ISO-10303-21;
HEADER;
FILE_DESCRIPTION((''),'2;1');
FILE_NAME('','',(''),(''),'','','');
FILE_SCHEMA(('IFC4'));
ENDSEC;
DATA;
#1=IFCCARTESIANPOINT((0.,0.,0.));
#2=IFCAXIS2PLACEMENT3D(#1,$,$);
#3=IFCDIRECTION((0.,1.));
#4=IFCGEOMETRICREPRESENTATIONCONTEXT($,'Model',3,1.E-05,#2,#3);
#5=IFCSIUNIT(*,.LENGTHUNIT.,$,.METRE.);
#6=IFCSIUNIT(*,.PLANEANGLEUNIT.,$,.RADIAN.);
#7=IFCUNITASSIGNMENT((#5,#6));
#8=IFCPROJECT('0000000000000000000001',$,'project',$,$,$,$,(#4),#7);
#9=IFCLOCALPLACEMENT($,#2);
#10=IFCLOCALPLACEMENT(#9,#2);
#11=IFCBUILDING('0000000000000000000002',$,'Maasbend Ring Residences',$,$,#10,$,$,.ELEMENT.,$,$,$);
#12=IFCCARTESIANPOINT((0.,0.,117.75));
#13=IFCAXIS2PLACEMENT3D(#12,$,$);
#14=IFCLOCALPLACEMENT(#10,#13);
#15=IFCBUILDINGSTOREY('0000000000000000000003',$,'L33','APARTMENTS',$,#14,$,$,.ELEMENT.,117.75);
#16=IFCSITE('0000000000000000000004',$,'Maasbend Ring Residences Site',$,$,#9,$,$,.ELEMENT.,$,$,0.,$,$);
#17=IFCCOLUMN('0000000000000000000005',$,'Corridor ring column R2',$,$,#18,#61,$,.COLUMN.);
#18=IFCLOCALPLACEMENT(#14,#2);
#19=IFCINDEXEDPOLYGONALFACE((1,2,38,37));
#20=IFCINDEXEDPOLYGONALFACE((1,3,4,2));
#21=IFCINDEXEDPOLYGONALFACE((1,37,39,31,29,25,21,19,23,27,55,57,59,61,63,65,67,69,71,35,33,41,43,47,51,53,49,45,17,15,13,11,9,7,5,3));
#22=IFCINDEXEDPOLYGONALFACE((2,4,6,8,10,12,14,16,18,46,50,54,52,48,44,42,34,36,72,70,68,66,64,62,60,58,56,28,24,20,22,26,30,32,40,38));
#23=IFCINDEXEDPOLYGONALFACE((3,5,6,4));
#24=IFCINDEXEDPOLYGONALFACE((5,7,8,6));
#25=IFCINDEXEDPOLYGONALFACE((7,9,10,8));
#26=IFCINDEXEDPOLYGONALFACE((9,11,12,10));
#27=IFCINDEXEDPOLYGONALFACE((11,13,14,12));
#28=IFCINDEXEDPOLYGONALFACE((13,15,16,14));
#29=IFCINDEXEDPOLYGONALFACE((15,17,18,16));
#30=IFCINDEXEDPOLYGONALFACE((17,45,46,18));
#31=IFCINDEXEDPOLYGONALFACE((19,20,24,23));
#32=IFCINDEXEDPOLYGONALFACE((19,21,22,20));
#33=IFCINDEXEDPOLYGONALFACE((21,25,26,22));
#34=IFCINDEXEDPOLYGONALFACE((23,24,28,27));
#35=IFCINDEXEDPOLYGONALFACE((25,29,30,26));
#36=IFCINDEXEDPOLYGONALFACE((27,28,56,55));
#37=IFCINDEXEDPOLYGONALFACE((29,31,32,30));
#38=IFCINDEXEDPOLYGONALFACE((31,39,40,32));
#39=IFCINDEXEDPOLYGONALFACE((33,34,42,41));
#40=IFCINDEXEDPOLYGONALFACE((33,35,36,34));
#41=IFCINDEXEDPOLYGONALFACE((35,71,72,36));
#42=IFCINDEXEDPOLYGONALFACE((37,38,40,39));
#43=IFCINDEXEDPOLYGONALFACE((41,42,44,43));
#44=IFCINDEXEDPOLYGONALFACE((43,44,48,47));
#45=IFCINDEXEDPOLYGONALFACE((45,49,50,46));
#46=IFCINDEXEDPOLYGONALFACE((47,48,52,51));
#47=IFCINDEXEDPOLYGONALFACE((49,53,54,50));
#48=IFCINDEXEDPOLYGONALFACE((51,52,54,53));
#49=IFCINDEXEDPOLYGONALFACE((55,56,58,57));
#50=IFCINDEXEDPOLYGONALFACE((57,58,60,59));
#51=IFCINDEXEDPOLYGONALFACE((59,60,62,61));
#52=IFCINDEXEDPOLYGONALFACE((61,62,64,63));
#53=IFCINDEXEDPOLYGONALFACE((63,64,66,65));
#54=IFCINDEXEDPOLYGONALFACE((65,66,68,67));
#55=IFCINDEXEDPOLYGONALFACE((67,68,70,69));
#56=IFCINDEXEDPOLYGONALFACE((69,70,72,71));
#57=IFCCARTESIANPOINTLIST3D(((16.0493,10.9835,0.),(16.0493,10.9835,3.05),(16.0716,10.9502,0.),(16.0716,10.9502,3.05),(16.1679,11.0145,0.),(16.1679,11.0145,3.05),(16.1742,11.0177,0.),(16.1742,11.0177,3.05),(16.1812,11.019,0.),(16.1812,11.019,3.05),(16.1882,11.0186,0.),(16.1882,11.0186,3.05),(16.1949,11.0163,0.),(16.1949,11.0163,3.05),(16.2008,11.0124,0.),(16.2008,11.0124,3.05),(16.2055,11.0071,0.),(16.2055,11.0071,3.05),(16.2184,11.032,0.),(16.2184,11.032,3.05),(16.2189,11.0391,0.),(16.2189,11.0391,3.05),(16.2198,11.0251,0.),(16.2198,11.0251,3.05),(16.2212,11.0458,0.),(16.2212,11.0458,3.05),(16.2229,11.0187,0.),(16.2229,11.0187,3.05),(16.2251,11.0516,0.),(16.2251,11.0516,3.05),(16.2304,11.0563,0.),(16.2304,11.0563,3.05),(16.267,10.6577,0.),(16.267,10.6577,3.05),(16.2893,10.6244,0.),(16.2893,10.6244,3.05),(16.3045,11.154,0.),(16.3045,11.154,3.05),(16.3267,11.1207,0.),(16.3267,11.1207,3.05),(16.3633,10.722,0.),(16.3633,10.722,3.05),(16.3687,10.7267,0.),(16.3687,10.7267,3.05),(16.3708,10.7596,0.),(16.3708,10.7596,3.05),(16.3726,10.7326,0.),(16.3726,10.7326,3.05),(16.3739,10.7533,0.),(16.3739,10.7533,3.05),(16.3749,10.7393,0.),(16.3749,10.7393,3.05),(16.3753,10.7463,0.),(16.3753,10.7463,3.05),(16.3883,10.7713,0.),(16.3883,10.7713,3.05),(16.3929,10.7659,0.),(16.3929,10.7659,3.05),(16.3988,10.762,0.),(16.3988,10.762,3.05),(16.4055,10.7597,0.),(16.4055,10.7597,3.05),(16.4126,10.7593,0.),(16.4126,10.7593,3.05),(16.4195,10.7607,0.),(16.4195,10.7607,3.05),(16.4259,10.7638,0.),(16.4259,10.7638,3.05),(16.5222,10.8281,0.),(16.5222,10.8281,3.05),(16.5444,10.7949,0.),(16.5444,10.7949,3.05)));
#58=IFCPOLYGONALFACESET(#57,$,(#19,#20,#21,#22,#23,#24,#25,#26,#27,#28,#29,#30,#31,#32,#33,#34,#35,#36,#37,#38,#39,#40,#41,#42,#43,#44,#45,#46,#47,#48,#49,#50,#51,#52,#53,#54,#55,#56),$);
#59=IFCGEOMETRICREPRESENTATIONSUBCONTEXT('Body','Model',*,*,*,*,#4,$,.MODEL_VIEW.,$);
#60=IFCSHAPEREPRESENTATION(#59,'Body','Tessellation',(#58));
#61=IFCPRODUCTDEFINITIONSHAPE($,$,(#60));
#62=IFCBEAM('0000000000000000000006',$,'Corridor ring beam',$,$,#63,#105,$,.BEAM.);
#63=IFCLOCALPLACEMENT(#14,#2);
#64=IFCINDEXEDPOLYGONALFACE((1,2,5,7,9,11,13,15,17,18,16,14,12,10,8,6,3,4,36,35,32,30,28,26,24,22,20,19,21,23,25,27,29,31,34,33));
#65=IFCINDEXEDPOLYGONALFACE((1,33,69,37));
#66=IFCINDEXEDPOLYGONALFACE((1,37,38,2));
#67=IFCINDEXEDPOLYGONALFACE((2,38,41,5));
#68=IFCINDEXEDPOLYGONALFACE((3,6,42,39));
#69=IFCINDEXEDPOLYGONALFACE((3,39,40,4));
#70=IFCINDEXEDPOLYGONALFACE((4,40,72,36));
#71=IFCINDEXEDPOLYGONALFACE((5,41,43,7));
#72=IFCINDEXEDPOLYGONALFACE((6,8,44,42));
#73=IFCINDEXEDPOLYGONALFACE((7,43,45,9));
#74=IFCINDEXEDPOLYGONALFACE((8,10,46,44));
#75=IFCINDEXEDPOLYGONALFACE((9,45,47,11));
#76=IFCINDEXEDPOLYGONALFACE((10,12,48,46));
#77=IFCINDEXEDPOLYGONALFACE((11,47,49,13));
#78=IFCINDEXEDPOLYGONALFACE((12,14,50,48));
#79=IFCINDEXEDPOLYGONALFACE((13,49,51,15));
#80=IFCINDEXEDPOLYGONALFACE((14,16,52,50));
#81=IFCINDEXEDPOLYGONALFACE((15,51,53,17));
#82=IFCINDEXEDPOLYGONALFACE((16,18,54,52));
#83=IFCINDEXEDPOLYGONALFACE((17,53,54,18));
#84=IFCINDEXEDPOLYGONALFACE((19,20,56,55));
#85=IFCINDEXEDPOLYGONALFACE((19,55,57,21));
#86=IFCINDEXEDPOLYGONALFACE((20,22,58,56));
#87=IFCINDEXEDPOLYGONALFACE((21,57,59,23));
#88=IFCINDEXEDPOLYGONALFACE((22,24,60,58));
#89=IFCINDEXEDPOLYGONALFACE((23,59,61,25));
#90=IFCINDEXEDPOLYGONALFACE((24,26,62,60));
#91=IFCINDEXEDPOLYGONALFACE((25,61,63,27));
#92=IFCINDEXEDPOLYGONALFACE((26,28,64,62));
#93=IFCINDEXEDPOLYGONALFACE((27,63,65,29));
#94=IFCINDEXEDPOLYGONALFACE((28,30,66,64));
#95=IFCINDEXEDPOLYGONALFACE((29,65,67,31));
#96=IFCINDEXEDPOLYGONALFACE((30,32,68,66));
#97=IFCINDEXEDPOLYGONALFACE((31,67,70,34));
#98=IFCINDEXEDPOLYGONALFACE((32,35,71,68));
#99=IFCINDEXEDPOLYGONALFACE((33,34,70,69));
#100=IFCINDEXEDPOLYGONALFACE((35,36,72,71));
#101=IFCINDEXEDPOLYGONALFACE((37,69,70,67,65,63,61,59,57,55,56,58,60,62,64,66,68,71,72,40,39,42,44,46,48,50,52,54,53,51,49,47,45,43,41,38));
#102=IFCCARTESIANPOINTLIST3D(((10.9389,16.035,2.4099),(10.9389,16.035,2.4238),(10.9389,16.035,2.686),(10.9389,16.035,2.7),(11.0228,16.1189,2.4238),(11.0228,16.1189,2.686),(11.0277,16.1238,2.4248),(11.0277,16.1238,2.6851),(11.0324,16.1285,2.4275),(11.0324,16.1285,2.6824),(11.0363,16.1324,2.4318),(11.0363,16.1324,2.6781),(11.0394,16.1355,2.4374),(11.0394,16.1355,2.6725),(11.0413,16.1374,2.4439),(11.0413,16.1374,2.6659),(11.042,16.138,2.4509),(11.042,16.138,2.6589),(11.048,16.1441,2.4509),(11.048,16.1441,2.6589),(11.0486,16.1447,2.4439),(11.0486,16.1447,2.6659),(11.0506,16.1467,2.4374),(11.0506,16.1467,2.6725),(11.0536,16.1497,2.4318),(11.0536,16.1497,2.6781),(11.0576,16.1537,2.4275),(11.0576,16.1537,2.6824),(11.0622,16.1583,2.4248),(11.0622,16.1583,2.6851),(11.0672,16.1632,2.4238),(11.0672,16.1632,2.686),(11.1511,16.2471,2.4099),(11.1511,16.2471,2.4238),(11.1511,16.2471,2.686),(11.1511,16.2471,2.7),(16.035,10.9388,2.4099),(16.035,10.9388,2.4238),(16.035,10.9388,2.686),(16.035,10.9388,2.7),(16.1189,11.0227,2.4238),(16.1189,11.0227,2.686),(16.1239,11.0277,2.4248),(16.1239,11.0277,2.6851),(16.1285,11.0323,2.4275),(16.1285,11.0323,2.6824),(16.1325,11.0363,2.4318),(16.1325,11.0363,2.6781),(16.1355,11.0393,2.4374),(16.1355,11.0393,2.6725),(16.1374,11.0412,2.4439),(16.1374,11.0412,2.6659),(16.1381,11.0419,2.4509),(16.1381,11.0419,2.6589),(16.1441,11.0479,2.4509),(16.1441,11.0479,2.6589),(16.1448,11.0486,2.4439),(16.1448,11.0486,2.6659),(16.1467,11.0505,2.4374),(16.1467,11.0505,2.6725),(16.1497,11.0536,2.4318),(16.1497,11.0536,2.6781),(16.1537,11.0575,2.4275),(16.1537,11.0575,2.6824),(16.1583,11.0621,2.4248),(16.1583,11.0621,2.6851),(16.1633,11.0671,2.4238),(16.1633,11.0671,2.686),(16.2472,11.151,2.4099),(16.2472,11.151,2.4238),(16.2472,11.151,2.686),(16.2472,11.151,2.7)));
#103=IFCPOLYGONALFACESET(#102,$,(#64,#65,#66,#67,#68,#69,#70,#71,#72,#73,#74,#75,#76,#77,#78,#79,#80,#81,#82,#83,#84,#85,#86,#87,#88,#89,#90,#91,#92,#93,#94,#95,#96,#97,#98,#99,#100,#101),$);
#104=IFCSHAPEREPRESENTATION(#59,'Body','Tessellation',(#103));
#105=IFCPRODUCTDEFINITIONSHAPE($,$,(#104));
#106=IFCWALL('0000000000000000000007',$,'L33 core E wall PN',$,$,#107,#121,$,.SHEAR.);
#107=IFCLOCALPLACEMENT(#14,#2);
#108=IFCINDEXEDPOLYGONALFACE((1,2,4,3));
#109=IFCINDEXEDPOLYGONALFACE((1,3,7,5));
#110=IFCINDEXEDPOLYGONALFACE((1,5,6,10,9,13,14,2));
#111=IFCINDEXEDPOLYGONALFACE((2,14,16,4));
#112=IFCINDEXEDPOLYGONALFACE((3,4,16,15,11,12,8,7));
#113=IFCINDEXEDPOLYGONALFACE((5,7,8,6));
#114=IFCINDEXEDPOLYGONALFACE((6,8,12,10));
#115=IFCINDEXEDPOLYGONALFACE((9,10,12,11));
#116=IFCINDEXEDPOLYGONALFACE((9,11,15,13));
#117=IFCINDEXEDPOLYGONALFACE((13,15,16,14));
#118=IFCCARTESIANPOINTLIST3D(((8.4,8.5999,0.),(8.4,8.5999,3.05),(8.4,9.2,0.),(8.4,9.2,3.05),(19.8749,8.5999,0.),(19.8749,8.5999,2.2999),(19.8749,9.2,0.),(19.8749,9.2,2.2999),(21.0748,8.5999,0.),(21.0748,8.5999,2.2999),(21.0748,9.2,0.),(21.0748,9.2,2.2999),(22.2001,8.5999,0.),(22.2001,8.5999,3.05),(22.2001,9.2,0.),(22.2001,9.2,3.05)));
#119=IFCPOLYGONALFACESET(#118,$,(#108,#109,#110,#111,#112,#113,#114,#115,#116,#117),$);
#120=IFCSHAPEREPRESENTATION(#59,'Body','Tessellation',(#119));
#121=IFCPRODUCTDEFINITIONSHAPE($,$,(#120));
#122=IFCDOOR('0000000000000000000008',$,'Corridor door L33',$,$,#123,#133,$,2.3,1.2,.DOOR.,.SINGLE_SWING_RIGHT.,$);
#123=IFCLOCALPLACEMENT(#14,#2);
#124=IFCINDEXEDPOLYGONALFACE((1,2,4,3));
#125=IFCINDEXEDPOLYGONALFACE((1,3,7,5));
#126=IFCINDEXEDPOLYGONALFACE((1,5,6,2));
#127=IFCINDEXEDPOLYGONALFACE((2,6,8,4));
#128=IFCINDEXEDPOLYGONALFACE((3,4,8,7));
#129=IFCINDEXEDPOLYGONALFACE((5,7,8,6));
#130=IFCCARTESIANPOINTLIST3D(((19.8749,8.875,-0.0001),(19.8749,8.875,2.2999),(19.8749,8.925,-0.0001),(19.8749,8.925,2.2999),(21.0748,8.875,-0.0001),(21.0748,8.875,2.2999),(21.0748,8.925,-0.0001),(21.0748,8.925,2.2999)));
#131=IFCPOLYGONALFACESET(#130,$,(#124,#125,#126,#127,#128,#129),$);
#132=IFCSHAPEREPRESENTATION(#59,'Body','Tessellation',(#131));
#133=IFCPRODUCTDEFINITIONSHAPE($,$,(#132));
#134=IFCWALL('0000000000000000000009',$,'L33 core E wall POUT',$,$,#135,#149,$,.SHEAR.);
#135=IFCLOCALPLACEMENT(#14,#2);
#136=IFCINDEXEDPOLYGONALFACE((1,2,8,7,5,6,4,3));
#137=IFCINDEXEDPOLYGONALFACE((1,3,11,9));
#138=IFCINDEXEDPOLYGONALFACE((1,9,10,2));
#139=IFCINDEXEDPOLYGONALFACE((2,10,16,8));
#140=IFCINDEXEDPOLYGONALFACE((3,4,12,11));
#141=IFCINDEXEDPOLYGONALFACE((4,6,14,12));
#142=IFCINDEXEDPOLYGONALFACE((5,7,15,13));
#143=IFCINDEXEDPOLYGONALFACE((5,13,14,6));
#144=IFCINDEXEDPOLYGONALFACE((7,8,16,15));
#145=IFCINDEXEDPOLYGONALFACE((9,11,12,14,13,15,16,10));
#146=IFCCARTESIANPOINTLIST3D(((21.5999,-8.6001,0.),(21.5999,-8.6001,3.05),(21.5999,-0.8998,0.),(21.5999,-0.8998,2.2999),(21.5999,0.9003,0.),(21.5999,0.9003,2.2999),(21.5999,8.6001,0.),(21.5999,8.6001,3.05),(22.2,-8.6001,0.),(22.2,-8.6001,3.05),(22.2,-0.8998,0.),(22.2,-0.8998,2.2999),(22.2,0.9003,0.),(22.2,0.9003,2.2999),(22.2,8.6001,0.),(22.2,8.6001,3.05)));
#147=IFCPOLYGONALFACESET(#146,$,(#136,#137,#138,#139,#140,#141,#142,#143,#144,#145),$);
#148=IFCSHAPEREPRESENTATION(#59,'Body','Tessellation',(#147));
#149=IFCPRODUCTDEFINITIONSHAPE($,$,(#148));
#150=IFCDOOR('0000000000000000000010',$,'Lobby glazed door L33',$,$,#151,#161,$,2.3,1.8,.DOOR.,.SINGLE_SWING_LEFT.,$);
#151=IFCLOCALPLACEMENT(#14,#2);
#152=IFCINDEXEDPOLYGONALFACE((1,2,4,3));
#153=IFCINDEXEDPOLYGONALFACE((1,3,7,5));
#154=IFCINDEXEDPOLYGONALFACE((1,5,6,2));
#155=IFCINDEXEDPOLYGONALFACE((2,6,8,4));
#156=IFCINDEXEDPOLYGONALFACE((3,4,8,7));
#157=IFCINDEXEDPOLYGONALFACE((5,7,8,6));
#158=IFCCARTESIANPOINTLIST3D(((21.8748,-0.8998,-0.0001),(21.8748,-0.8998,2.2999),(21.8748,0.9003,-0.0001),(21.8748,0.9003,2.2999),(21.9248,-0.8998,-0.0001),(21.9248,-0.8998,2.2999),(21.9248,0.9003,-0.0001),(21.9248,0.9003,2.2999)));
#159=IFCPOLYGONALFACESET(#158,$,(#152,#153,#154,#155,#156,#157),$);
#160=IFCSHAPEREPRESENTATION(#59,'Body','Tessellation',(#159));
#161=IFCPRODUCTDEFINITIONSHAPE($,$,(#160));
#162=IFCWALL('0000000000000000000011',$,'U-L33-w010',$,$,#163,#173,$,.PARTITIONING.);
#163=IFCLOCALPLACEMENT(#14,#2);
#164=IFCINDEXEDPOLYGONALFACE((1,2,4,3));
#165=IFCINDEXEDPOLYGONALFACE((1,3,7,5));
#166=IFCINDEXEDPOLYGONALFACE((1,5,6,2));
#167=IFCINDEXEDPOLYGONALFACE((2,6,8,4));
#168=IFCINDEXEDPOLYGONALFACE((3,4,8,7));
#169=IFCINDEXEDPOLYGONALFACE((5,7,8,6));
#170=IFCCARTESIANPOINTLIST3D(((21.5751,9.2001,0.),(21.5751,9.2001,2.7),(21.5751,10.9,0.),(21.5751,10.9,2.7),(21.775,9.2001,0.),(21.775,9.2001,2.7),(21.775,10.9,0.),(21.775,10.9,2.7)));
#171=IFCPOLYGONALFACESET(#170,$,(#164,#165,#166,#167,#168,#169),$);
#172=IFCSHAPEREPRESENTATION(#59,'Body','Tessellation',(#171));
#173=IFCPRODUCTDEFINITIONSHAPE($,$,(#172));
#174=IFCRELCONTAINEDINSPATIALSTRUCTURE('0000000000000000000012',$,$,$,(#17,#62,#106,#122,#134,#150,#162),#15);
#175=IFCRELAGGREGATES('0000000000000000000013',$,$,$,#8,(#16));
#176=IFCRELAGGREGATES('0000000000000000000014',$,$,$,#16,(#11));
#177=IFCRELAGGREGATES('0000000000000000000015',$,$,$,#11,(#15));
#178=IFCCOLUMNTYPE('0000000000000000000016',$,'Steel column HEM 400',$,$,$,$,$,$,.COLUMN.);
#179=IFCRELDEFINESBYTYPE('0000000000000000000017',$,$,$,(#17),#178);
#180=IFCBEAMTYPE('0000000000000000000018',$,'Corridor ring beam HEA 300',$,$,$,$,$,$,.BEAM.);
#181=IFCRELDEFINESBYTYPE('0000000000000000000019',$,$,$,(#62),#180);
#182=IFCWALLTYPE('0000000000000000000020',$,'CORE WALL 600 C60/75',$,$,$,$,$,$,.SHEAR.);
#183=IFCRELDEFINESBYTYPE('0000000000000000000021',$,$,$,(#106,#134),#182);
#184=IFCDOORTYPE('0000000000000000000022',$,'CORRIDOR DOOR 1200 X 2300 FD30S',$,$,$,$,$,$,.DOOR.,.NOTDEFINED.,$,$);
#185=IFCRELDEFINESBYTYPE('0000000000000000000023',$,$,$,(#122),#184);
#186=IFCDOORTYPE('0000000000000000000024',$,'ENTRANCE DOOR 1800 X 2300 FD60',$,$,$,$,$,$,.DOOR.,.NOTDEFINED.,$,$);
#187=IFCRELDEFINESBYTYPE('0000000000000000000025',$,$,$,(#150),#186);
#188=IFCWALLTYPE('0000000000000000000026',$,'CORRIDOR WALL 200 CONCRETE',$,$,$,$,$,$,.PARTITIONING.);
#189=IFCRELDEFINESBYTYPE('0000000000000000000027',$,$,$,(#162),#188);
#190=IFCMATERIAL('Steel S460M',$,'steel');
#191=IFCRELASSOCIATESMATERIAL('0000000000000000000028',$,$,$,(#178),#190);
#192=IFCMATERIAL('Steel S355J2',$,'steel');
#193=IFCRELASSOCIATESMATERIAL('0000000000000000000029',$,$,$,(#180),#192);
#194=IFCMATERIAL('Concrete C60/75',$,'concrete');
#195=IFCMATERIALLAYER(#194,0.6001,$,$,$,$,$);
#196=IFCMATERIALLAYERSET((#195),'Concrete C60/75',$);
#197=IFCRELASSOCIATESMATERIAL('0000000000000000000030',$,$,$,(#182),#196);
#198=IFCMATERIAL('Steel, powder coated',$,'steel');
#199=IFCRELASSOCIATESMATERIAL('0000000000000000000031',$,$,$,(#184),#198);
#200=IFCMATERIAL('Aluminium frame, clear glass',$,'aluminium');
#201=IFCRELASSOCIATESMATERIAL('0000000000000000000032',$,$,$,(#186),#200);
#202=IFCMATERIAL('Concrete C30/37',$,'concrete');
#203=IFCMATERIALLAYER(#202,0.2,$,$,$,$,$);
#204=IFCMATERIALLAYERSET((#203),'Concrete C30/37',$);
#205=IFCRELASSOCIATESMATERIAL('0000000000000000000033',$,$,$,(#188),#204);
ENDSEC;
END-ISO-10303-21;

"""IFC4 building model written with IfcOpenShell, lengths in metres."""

from ifc_helpers import new_model, si_unit, direction, frame, frame_2d, origin, origin_2d, place, context, subcontext, project, spatial, rectangle, i_section, extrude, material, layer, layer_set, material_profile, profile_set, type_object, element, fill, save


model = new_model("IFC4")

# Units and contexts
model_context = context("Model", 3, precision=1e-05, world=origin(), true_north=direction((0.0, 1.0)))
body_context = subcontext(model_context, "Body", "Model", "MODEL_VIEW")
ifc_project = project(units=[si_unit("LENGTHUNIT", "METRE"), si_unit("PLANEANGLEUNIT", "RADIAN")], contexts=[model_context])

# Site, building, storey
site_placement = place(None, origin())
site = spatial("IfcSite", under=ifc_project, at=site_placement, Name="Maasbend Ring Residences Site", CompositionType="ELEMENT", RefElevation=0.0)
building_placement = place(site_placement, origin())
building = spatial("IfcBuilding", under=site, at=building_placement, Name="Maasbend Ring Residences", CompositionType="ELEMENT")
storey_placement = place(building_placement, frame((0.0, 0.0, 117.75)))
storey = spatial("IfcBuildingStorey", under=building, at=storey_placement, Name="L33", Description="APARTMENTS", CompositionType="ELEMENT", Elevation=117.75)

# Column
ifc_material_1 = material(Name="Steel S460M", Category="steel")
ifc_material_profile_1 = material_profile(ifc_material_1, i_section(OverallWidth=0.3069, OverallDepth=0.4319, WebThickness=0.021, FlangeThickness=0.04, FilletRadius=0.0271, at=origin_2d()), Name="HEM 400")
ifc_profile_set_1 = profile_set([ifc_material_profile_1], Name="Steel S460M")
column_type = type_object("IfcColumnType", Name="Steel column HEM 400", PredefinedType="COLUMN", material=ifc_profile_set_1)
column_placement = place(storey_placement, frame((16.2969, 10.8892, 0.0), z_axis=(0.0, 0.0, 1.0), x_axis=(0.83147, 0.55557, 0.0)))
element("IfcColumn", 1, at=column_placement, inside=storey, type_object=column_type, Name="Corridor ring column R2", PredefinedType="COLUMN", context=body_context, shape_type="SweptSolid", body=[
    extrude(i_section(OverallWidth=0.3069, OverallDepth=0.4319, WebThickness=0.021, FlangeThickness=0.04, FilletRadius=0.0271, at=origin_2d()), origin(), (0.0, 0.0, 1.0), 3.05),
])

# Beam
ifc_material_2 = material(Name="Steel S355J2", Category="steel")
ifc_material_profile_2 = material_profile(ifc_material_2, i_section(OverallWidth=0.3, OverallDepth=0.29, WebThickness=0.0085, FlangeThickness=0.0139, FilletRadius=0.0271, at=origin_2d()), Name="HEA 300")
ifc_profile_set_2 = profile_set([ifc_material_profile_2], Name="Steel S355J2")
beam_type = type_object("IfcBeamType", Name="Corridor ring beam HEA 300", PredefinedType="BEAM", material=ifc_profile_set_2)
beam_placement = place(storey_placement, frame((16.1411, 11.0449, 2.5549), z_axis=(-0.707107, 0.707107, 0.0), x_axis=(-0.707107, -0.707107, 0.0)))
element("IfcBeam", 2, at=beam_placement, inside=storey, type_object=beam_type, Name="Corridor ring beam", PredefinedType="BEAM", context=body_context, shape_type="SweptSolid", body=[
    extrude(i_section(OverallWidth=0.3, OverallDepth=0.29, WebThickness=0.0085, FlangeThickness=0.0139, FilletRadius=0.0271, at=origin_2d()), origin(), (0.0, 0.0, 1.0), 7.207),
])

# Walls, openings, doors
ifc_material_3 = material(Name="Concrete C60/75", Category="concrete")
ifc_layer_1 = layer(ifc_material_3, 0.6001)
ifc_layer_set_1 = layer_set([ifc_layer_1], Name="Concrete C60/75")
wall_type_1 = type_object("IfcWallType", Name="CORE WALL 600 C60/75", PredefinedType="SHEAR", material=ifc_layer_set_1)
wall_1_placement = place(storey_placement, frame((22.2, 8.8999, 0.0), z_axis=(0.0, 0.0, 1.0), x_axis=(-1.0, 0.0, 0.0)))
wall_1 = element("IfcWall", 3, at=wall_1_placement, inside=storey, type_object=wall_type_1, Name="L33 core E wall PN", PredefinedType="SHEAR", context=body_context, shape_type="SweptSolid", body=[
    extrude(rectangle(XDim=13.8, YDim=0.6001, at=frame_2d((6.8999, 0.0))), origin(), (0.0, 0.0, 1.0), 3.05),
])
opening_1_placement = place(wall_1_placement, frame((1.125, 0.0, 0.0)))
opening_1 = element("IfcOpeningElement", 4, at=opening_1_placement, cuts=wall_1, PredefinedType="OPENING", context=body_context, shape_type="SweptSolid", body=[
    extrude(rectangle(XDim=1.2, YDim=2.3, at=frame_2d((0.6001, 1.1499))), frame((0.0, 0.3101, 0.0), z_axis=(0.0, -1.0, 0.0), x_axis=(1.0, 0.0, 0.0)), (0.0, 0.0, 1.0), 0.6201),
])
ifc_material_4 = material(Name="Steel, powder coated", Category="steel")
door_type_1 = type_object("IfcDoorType", Name="CORRIDOR DOOR 1200 X 2300 FD30S", OperationType="NOTDEFINED", PredefinedType="DOOR", material=ifc_material_4)
door_1_placement = place(opening_1_placement, origin())
door_1 = element("IfcDoor", 5, at=door_1_placement, inside=storey, type_object=door_type_1, Name="Corridor door L33", OperationType="SINGLE_SWING_RIGHT", OverallHeight=2.3, OverallWidth=1.2, PredefinedType="DOOR", context=body_context, shape_type="SweptSolid", body=[
    extrude(rectangle(XDim=1.2, YDim=2.3, at=frame_2d((0.6001, 1.1499))), frame((0.0, 0.0249, 0.0), z_axis=(0.0, -1.0, 0.0), x_axis=(1.0, 0.0, 0.0)), (0.0, 0.0, 1.0), 0.05),
])
fill(opening_1, door_1)
wall_2_placement = place(storey_placement, frame((21.8999, 8.6001, 0.0), z_axis=(0.0, 0.0, 1.0), x_axis=(0.0, -1.0, 0.0)))
wall_2 = element("IfcWall", 6, at=wall_2_placement, inside=storey, type_object=wall_type_1, Name="L33 core E wall POUT", PredefinedType="SHEAR", context=body_context, shape_type="SweptSolid", body=[
    extrude(rectangle(XDim=17.2002, YDim=0.6001, at=frame_2d((8.6001, 0.0))), origin(), (0.0, 0.0, 1.0), 3.05),
])
opening_2_placement = place(wall_2_placement, frame((7.7, 0.0, 0.0)))
opening_2 = element("IfcOpeningElement", 7, at=opening_2_placement, cuts=wall_2, PredefinedType="OPENING", context=body_context, shape_type="SweptSolid", body=[
    extrude(rectangle(XDim=1.8, YDim=2.3, at=frame_2d((0.8999, 1.1499))), frame((0.0, 0.3101, 0.0), z_axis=(0.0, -1.0, 0.0), x_axis=(1.0, 0.0, 0.0)), (0.0, 0.0, 1.0), 0.6201),
])
ifc_material_5 = material(Name="Aluminium frame, clear glass", Category="aluminium")
door_type_2 = type_object("IfcDoorType", Name="ENTRANCE DOOR 1800 X 2300 FD60", OperationType="NOTDEFINED", PredefinedType="DOOR", material=ifc_material_5)
door_2_placement = place(opening_2_placement, origin())
door_2 = element("IfcDoor", 8, at=door_2_placement, inside=storey, type_object=door_type_2, Name="Lobby glazed door L33", OperationType="SINGLE_SWING_LEFT", OverallHeight=2.3, OverallWidth=1.8, PredefinedType="DOOR", context=body_context, shape_type="SweptSolid", body=[
    extrude(rectangle(XDim=1.8, YDim=2.3, at=frame_2d((0.8999, 1.1499))), frame((0.0, 0.0249, 0.0), z_axis=(0.0, -1.0, 0.0), x_axis=(1.0, 0.0, 0.0)), (0.0, 0.0, 1.0), 0.05),
])
fill(opening_2, door_2)

# Wall
ifc_material_6 = material(Name="Concrete C30/37", Category="concrete")
ifc_layer_2 = layer(ifc_material_6, 0.2)
ifc_layer_set_2 = layer_set([ifc_layer_2], Name="Concrete C30/37")
wall_type_2 = type_object("IfcWallType", Name="CORRIDOR WALL 200 CONCRETE", PredefinedType="PARTITIONING", material=ifc_layer_set_2)
wall_3_placement = place(storey_placement, frame((21.675, 9.2, 0.0), z_axis=(0.0, 0.0, 1.0), x_axis=(0.0, 1.0, 0.0)))
element("IfcWall", 9, at=wall_3_placement, inside=storey, type_object=wall_type_2, Name="U-L33-w010", PredefinedType="PARTITIONING", context=body_context, shape_type="SweptSolid", body=[
    extrude(rectangle(XDim=1.7, YDim=0.2, at=frame_2d((0.8501, 0.0))), origin(), (0.0, 0.0, 1.0), 2.7),
])

save(model, "model.ifc")
